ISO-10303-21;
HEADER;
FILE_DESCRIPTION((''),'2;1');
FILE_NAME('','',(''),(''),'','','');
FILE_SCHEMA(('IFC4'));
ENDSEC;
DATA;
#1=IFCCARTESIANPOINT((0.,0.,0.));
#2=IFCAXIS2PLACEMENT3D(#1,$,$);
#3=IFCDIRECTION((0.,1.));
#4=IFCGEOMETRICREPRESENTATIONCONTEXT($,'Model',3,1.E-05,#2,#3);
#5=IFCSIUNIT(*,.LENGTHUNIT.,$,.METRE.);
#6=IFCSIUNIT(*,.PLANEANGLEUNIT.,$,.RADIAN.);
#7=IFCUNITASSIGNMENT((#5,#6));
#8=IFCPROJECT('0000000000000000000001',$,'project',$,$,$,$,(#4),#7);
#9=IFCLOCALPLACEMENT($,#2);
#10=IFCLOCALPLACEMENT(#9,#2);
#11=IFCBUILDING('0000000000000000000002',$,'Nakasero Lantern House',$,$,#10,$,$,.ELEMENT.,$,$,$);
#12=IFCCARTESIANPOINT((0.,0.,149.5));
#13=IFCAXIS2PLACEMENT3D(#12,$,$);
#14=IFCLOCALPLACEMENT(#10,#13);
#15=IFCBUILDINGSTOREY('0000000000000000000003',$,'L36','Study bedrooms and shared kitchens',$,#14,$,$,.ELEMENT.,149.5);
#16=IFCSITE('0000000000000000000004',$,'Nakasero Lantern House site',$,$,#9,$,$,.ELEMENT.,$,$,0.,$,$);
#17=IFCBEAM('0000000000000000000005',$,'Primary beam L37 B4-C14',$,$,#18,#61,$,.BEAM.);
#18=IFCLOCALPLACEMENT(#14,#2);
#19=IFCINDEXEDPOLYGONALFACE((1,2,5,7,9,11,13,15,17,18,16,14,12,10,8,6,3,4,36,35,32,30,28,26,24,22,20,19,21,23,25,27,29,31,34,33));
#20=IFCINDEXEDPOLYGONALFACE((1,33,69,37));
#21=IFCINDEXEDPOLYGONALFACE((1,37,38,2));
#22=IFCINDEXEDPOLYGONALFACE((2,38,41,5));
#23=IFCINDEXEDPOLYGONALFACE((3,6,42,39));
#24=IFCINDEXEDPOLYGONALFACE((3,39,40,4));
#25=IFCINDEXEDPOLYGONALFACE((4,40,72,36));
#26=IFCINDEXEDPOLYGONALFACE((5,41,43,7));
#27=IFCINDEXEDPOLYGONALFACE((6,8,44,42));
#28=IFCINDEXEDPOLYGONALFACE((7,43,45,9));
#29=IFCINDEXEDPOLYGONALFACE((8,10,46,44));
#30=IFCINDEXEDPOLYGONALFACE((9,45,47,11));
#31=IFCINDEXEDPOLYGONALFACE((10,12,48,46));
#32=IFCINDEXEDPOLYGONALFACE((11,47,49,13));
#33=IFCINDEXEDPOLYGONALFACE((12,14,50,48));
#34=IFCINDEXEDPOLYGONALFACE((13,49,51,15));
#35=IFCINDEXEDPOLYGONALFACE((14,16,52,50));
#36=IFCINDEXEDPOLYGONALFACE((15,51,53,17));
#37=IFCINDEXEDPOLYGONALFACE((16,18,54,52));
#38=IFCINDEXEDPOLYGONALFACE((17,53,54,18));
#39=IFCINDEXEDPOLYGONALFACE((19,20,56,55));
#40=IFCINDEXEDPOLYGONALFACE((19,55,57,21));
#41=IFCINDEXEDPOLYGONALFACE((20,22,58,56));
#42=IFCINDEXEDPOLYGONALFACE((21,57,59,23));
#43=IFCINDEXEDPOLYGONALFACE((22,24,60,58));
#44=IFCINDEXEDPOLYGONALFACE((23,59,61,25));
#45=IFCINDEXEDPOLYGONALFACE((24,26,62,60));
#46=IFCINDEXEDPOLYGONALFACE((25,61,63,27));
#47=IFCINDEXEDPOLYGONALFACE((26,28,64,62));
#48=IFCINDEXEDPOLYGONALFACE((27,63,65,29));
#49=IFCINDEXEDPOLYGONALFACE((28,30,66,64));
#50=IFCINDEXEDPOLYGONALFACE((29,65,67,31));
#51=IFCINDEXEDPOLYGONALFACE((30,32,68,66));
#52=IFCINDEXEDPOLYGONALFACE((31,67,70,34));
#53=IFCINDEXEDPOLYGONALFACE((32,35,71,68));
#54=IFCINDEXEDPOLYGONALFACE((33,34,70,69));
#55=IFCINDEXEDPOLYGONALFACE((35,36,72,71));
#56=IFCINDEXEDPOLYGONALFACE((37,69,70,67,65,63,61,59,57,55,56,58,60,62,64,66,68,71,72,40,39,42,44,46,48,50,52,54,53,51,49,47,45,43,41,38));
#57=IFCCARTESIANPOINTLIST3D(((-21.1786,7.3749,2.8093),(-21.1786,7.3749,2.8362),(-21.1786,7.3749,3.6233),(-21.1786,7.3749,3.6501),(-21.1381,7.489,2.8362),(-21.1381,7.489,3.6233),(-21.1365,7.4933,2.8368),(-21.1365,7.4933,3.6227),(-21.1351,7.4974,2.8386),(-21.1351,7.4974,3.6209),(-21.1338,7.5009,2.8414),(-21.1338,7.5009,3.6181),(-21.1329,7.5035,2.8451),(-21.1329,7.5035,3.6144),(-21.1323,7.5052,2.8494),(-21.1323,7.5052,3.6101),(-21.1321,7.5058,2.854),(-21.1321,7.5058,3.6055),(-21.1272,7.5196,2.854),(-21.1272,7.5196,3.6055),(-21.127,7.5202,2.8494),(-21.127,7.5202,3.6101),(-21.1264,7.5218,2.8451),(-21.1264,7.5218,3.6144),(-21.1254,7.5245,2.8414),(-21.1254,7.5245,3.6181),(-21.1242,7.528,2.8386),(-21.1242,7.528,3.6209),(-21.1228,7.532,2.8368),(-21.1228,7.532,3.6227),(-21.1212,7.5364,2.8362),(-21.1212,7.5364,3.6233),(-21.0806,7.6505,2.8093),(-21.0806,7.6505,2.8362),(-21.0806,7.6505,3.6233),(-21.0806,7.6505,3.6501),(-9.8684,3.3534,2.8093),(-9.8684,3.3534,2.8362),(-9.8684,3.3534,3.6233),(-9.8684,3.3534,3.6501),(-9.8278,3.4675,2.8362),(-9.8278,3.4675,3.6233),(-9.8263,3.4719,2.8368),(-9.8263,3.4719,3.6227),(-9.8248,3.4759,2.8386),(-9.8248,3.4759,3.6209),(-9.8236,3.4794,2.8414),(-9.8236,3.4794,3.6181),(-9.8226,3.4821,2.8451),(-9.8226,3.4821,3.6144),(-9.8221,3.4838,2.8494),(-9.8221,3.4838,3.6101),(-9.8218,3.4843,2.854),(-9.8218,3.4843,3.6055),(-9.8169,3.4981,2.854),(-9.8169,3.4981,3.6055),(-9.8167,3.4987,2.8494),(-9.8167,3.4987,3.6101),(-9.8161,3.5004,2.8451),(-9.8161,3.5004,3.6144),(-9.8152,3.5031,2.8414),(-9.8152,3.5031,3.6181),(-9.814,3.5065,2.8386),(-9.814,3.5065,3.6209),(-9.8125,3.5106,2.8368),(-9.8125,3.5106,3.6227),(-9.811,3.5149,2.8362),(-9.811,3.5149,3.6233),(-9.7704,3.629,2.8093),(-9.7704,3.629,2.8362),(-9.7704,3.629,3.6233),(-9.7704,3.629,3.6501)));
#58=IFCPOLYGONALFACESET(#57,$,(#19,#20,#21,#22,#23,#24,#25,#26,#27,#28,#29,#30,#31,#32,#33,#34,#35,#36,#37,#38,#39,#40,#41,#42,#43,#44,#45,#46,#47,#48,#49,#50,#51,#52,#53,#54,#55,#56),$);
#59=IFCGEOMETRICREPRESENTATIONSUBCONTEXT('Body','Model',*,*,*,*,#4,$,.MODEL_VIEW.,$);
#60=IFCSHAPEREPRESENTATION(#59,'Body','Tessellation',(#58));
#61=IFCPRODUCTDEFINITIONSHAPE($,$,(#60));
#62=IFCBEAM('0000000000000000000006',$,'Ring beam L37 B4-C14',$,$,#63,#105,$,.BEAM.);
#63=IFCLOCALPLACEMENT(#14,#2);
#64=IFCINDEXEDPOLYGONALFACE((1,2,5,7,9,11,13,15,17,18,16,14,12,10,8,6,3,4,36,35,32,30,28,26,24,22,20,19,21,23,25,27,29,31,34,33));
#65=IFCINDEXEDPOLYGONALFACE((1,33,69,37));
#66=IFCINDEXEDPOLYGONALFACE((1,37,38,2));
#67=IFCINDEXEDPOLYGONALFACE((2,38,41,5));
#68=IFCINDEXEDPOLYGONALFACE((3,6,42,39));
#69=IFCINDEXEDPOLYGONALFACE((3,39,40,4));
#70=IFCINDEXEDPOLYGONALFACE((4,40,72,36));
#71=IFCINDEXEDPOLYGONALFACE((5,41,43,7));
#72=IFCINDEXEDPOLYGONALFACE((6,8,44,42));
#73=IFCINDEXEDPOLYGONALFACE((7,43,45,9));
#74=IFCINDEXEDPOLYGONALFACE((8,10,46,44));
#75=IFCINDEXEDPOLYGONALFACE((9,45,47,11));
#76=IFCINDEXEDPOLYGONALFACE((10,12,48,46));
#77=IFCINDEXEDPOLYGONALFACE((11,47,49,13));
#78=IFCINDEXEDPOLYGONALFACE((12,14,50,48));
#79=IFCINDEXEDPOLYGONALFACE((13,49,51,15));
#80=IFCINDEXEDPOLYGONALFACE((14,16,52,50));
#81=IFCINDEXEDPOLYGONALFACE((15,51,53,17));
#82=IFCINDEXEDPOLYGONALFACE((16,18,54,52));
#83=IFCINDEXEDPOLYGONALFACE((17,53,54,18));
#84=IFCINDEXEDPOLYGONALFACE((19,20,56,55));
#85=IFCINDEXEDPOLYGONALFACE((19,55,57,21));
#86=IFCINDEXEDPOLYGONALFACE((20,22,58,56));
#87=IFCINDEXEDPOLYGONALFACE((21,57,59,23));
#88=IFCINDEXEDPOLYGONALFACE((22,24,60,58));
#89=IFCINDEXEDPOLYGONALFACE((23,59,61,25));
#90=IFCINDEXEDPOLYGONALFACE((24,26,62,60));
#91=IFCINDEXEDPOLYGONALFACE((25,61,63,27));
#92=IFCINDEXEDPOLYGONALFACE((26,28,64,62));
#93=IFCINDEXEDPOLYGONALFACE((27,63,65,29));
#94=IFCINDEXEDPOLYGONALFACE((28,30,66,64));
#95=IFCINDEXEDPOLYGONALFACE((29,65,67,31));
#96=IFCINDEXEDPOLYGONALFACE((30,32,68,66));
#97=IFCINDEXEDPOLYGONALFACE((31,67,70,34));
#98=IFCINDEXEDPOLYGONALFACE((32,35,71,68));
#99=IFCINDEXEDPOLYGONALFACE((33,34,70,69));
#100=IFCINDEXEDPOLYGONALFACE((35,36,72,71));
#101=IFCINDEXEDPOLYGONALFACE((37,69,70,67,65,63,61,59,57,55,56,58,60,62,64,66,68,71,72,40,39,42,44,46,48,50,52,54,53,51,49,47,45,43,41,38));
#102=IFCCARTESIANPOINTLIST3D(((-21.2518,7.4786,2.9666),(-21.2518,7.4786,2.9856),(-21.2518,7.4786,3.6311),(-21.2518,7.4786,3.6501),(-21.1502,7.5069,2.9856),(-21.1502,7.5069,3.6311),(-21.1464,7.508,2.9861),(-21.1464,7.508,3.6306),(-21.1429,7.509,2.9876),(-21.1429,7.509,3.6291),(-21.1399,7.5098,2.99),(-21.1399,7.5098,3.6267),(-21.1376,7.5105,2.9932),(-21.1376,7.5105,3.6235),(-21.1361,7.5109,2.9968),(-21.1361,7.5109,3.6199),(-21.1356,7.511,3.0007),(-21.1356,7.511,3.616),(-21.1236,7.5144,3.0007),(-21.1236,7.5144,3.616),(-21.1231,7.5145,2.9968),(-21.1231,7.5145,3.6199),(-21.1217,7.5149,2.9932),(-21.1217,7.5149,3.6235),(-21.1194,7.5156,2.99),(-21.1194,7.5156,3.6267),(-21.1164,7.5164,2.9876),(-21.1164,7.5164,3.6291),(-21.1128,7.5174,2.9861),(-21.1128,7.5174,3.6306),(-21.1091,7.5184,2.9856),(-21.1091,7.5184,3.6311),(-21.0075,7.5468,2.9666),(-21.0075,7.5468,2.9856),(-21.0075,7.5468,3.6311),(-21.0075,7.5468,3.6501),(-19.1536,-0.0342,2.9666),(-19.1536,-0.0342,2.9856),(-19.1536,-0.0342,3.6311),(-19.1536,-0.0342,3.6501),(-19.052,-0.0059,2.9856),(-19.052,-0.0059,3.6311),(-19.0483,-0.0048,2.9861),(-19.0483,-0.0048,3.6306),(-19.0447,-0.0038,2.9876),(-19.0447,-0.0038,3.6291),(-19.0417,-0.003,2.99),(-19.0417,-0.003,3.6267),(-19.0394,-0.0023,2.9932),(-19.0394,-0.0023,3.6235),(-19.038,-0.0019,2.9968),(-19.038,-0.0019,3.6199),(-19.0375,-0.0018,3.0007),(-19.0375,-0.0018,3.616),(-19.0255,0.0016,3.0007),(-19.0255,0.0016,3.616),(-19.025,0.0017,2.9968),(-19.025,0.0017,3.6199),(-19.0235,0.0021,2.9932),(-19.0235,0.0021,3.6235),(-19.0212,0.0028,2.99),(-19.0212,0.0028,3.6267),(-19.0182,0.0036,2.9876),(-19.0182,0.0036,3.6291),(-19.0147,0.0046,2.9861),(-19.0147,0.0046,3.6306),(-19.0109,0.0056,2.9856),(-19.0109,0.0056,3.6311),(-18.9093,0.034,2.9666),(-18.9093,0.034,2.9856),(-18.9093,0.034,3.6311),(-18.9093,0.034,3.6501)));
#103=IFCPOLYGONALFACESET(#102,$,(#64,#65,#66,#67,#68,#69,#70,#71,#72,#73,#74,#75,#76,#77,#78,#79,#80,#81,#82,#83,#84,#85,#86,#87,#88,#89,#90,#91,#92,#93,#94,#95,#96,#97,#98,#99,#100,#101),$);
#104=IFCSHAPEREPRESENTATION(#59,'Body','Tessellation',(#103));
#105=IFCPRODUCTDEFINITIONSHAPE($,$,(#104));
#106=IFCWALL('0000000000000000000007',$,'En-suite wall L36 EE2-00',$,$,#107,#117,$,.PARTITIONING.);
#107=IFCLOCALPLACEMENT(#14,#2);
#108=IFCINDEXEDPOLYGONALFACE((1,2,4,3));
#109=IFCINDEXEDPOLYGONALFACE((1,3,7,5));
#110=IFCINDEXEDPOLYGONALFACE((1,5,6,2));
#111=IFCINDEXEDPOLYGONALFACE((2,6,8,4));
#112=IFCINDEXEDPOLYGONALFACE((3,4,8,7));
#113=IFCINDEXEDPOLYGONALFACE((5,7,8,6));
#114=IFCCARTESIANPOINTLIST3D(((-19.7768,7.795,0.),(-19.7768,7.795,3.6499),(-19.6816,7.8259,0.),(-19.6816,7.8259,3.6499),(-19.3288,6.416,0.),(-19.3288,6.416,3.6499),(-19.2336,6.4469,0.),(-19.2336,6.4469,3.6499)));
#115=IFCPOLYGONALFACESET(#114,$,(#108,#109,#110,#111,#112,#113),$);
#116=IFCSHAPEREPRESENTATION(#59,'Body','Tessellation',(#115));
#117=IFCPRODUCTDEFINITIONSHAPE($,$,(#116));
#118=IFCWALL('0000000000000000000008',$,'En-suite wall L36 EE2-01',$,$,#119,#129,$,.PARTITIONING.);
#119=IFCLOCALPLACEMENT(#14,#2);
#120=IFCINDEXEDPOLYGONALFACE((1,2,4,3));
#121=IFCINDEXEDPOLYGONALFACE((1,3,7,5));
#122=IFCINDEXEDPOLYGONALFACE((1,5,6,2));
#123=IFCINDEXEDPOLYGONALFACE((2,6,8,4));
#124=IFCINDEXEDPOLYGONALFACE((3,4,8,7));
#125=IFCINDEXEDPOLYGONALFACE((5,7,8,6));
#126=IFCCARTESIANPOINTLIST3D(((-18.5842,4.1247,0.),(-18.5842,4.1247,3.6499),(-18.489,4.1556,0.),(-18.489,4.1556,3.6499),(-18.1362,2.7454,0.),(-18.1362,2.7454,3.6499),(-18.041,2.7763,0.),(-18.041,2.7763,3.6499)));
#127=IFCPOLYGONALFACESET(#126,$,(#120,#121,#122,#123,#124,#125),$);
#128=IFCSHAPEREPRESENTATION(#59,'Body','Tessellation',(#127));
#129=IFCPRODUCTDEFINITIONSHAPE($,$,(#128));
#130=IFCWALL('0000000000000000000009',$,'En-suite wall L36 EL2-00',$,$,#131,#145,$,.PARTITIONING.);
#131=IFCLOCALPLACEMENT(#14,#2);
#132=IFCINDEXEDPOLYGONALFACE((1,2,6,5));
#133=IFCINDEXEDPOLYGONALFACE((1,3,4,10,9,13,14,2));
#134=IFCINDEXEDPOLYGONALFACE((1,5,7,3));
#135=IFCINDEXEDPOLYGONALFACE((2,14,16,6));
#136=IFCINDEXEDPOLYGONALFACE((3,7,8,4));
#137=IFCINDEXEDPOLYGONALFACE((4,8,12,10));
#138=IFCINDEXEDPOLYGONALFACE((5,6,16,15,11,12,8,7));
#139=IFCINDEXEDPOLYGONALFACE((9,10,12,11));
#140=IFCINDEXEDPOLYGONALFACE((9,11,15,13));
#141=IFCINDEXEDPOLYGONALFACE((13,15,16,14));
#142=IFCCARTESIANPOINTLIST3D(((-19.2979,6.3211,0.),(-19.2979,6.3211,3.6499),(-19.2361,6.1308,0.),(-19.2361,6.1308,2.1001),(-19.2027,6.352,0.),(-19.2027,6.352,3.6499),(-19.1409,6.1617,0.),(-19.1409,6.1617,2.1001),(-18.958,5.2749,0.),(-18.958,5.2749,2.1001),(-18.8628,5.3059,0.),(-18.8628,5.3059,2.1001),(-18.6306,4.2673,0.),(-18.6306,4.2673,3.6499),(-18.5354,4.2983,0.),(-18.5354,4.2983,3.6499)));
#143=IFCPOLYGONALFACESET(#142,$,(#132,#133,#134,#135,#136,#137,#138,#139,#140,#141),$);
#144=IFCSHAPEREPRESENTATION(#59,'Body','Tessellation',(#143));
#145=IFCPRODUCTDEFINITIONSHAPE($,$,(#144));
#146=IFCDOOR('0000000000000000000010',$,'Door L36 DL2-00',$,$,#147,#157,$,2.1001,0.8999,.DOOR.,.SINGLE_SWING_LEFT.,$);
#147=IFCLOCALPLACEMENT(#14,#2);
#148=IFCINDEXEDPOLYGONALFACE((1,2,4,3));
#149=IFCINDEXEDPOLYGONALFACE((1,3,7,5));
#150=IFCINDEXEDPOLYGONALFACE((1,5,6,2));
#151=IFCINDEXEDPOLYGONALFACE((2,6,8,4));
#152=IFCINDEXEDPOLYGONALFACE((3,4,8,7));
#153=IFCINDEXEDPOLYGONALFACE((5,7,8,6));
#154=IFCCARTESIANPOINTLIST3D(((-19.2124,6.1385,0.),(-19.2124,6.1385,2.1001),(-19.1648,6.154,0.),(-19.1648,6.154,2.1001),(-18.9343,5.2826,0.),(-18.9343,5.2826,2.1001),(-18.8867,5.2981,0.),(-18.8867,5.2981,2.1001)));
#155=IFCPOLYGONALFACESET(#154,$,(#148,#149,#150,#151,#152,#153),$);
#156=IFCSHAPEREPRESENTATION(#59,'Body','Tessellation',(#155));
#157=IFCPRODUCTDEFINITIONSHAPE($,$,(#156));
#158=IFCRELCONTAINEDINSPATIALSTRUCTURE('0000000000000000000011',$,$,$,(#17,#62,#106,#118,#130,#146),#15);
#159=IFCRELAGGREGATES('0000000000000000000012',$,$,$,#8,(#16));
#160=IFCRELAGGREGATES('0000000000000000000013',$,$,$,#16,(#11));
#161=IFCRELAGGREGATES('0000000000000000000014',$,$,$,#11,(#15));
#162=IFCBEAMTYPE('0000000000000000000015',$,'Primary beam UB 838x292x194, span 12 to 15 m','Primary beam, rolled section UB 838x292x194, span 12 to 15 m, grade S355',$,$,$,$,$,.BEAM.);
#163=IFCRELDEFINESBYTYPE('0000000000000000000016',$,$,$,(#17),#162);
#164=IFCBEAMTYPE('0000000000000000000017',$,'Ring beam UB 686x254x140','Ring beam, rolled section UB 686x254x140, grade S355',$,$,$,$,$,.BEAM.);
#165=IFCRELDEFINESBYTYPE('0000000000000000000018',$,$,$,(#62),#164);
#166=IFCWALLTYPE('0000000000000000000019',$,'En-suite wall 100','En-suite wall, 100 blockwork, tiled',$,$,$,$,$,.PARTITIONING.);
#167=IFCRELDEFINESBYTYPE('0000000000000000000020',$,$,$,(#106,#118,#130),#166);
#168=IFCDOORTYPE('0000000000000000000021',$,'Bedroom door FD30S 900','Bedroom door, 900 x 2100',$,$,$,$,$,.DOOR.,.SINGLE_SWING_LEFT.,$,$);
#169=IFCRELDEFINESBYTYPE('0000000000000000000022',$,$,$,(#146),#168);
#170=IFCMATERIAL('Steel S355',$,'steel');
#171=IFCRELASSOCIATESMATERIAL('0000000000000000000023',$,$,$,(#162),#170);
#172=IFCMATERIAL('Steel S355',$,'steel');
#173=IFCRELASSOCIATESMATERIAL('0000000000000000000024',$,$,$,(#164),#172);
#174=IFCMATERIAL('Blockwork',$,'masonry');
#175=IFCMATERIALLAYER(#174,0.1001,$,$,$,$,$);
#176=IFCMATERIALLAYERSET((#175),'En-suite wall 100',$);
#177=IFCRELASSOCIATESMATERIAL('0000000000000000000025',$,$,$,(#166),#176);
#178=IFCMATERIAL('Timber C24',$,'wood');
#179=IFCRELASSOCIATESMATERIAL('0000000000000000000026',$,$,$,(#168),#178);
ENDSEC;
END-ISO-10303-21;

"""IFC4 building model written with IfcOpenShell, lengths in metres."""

from ifc_helpers import new_model, si_unit, direction, frame, frame_2d, origin, origin_2d, place, context, subcontext, project, spatial, rectangle, i_section, extrude, material, layer, layer_set, material_profile, profile_set, type_object, element, fill, save


model = new_model("IFC4")

# Units and contexts
model_context = context("Model", 3, precision=1e-05, world=origin(), true_north=direction((0.0, 1.0)))
body_context = subcontext(model_context, "Body", "Model", "MODEL_VIEW")
ifc_project = project(units=[si_unit("LENGTHUNIT", "METRE"), si_unit("PLANEANGLEUNIT", "RADIAN")], contexts=[model_context])

# Site, building, storey
site_placement = place(None, origin())
site = spatial("IfcSite", under=ifc_project, at=site_placement, Name="Nakasero Lantern House site", CompositionType="ELEMENT", RefElevation=0.0)
building_placement = place(site_placement, origin())
building = spatial("IfcBuilding", under=site, at=building_placement, Name="Nakasero Lantern House", CompositionType="ELEMENT")
storey_placement = place(building_placement, frame((0.0, 0.0, 149.5)))
storey = spatial("IfcBuildingStorey", under=building, at=storey_placement, Name="L36", Description="Study bedrooms and shared kitchens", CompositionType="ELEMENT", Elevation=149.5)

# Beams
ifc_material_1 = material(Name="Steel S355", Category="steel")
ifc_material_profile_1 = material_profile(ifc_material_1, i_section(OverallWidth=0.2925, OverallDepth=0.8408, WebThickness=0.0146, FlangeThickness=0.0269, FilletRadius=0.0178, at=origin_2d()), Name="UB 838x292x194")
ifc_profile_set_1 = profile_set([ifc_material_profile_1], Name="Steel S355")
beam_type_1 = type_object("IfcBeamType", Name="Primary beam UB 838x292x194, span 12 to 15 m", Description="Primary beam, rolled section UB 838x292x194, span 12 to 15 m, grade S355", PredefinedType="BEAM", material=ifc_profile_set_1)
beam_1_placement = place(storey_placement, frame((-21.1296, 7.5127, 3.2297), z_axis=(0.942214, -0.335013, 0.0), x_axis=(0.335013, 0.942214, 0.0)))
element("IfcBeam", 1, at=beam_1_placement, inside=storey, type_object=beam_type_1, Name="Primary beam L37 B4-C14", PredefinedType="BEAM", context=body_context, shape_type="SweptSolid", body=[
    extrude(i_section(OverallWidth=0.2925, OverallDepth=0.8408, WebThickness=0.0146, FlangeThickness=0.0269, FilletRadius=0.0178, at=origin_2d()), origin(), (0.0, 0.0, 1.0), 12.0039),
])
ifc_material_2 = material(Name="Steel S355", Category="steel")
ifc_material_profile_2 = material_profile(ifc_material_2, i_section(OverallWidth=0.2537, OverallDepth=0.6836, WebThickness=0.0125, FlangeThickness=0.019, FilletRadius=0.0151, at=origin_2d()), Name="UB 686x254x140")
ifc_profile_set_2 = profile_set([ifc_material_profile_2], Name="Steel S355")
beam_type_2 = type_object("IfcBeamType", Name="Ring beam UB 686x254x140", Description="Ring beam, rolled section UB 686x254x140, grade S355", PredefinedType="BEAM", material=ifc_profile_set_2)
beam_2_placement = place(storey_placement, frame((-21.1296, 7.5127, 3.3083), z_axis=(0.268987, -0.963144, 0.0), x_axis=(0.963144, 0.268987, 0.0)))
element("IfcBeam", 2, at=beam_2_placement, inside=storey, type_object=beam_type_2, Name="Ring beam L37 B4-C14", PredefinedType="BEAM", context=body_context, shape_type="SweptSolid", body=[
    extrude(i_section(OverallWidth=0.2537, OverallDepth=0.6836, WebThickness=0.0125, FlangeThickness=0.019, FilletRadius=0.0151, at=origin_2d()), origin(), (0.0, 0.0, 1.0), 7.8003),
])

# Walls
ifc_material_3 = material(Name="Blockwork", Category="masonry")
ifc_layer_1 = layer(ifc_material_3, 0.1001)
ifc_layer_set_1 = layer_set([ifc_layer_1], Name="En-suite wall 100")
wall_type_1 = type_object("IfcWallType", Name="En-suite wall 100", Description="En-suite wall, 100 blockwork, tiled", PredefinedType="PARTITIONING", material=ifc_layer_set_1)
wall_1_placement = place(storey_placement, frame((-19.7292, 7.8105, 0.0), z_axis=(0.0, 0.0, 1.0), x_axis=(0.308995, -0.951064, 0.0)))
element("IfcWall", 3, at=wall_1_placement, inside=storey, type_object=wall_type_1, Name="En-suite wall L36 EE2-00", PredefinedType="PARTITIONING", context=body_context, shape_type="SweptSolid", body=[
    extrude(rectangle(XDim=1.45, YDim=0.1001, at=frame_2d((0.7251, 0.0))), origin(), (0.0, 0.0, 1.0), 3.6499),
])
wall_2_placement = place(storey_placement, frame((-18.5366, 4.1401, 0.0), z_axis=(0.0, 0.0, 1.0), x_axis=(0.308945, -0.95108, 0.0)))
element("IfcWall", 4, at=wall_2_placement, inside=storey, type_object=wall_type_1, Name="En-suite wall L36 EE2-01", PredefinedType="PARTITIONING", context=body_context, shape_type="SweptSolid", body=[
    extrude(rectangle(XDim=1.4502, YDim=0.1001, at=frame_2d((0.7251, 0.0))), origin(), (0.0, 0.0, 1.0), 3.6499),
])

# Wall, opening, door
wall_3_placement = place(storey_placement, frame((-19.2502, 6.3364, 0.0), z_axis=(0.0, 0.0, 1.0), x_axis=(0.308994, -0.951064, 0.0)))
wall_3 = element("IfcWall", 5, at=wall_3_placement, inside=storey, type_object=wall_type_1, Name="En-suite wall L36 EL2-00", PredefinedType="PARTITIONING", context=body_context, shape_type="SweptSolid", body=[
    extrude(rectangle(XDim=2.1594, YDim=0.1001, at=frame_2d((1.0796, 0.0))), origin(), (0.0, 0.0, 1.0), 3.6499),
])
opening_1_placement = place(wall_3_placement, frame((0.2, 0.0, 0.0)))
opening_1 = element("IfcOpeningElement", 6, at=opening_1_placement, cuts=wall_3, PredefinedType="OPENING", context=body_context, shape_type="SweptSolid", body=[
    extrude(rectangle(XDim=0.8999, YDim=2.1001, at=frame_2d((0.45, 1.05))), frame((0.0, 0.0701, 0.0), z_axis=(0.0, -1.0, 0.0), x_axis=(1.0, 0.0, 0.0)), (0.0, 0.0, 1.0), 0.1401),
])
ifc_material_4 = material(Name="Timber C24", Category="wood")
door_type_1 = type_object("IfcDoorType", Name="Bedroom door FD30S 900", Description="Bedroom door, 900 x 2100", OperationType="SINGLE_SWING_LEFT", PredefinedType="DOOR", material=ifc_material_4)
door_1_placement = place(opening_1_placement, origin())
door_1 = element("IfcDoor", 7, at=door_1_placement, inside=storey, type_object=door_type_1, Name="Door L36 DL2-00", OperationType="SINGLE_SWING_LEFT", OverallHeight=2.1001, OverallWidth=0.8999, PredefinedType="DOOR", context=body_context, shape_type="SweptSolid", body=[
    extrude(rectangle(XDim=0.8999, YDim=2.1001, at=frame_2d((0.45, 1.05))), frame((0.0, 0.0249, 0.0), z_axis=(0.0, -1.0, 0.0), x_axis=(1.0, 0.0, 0.0)), (0.0, 0.0, 1.0), 0.05),
])
fill(opening_1, door_1)

save(model, "model.ifc")
